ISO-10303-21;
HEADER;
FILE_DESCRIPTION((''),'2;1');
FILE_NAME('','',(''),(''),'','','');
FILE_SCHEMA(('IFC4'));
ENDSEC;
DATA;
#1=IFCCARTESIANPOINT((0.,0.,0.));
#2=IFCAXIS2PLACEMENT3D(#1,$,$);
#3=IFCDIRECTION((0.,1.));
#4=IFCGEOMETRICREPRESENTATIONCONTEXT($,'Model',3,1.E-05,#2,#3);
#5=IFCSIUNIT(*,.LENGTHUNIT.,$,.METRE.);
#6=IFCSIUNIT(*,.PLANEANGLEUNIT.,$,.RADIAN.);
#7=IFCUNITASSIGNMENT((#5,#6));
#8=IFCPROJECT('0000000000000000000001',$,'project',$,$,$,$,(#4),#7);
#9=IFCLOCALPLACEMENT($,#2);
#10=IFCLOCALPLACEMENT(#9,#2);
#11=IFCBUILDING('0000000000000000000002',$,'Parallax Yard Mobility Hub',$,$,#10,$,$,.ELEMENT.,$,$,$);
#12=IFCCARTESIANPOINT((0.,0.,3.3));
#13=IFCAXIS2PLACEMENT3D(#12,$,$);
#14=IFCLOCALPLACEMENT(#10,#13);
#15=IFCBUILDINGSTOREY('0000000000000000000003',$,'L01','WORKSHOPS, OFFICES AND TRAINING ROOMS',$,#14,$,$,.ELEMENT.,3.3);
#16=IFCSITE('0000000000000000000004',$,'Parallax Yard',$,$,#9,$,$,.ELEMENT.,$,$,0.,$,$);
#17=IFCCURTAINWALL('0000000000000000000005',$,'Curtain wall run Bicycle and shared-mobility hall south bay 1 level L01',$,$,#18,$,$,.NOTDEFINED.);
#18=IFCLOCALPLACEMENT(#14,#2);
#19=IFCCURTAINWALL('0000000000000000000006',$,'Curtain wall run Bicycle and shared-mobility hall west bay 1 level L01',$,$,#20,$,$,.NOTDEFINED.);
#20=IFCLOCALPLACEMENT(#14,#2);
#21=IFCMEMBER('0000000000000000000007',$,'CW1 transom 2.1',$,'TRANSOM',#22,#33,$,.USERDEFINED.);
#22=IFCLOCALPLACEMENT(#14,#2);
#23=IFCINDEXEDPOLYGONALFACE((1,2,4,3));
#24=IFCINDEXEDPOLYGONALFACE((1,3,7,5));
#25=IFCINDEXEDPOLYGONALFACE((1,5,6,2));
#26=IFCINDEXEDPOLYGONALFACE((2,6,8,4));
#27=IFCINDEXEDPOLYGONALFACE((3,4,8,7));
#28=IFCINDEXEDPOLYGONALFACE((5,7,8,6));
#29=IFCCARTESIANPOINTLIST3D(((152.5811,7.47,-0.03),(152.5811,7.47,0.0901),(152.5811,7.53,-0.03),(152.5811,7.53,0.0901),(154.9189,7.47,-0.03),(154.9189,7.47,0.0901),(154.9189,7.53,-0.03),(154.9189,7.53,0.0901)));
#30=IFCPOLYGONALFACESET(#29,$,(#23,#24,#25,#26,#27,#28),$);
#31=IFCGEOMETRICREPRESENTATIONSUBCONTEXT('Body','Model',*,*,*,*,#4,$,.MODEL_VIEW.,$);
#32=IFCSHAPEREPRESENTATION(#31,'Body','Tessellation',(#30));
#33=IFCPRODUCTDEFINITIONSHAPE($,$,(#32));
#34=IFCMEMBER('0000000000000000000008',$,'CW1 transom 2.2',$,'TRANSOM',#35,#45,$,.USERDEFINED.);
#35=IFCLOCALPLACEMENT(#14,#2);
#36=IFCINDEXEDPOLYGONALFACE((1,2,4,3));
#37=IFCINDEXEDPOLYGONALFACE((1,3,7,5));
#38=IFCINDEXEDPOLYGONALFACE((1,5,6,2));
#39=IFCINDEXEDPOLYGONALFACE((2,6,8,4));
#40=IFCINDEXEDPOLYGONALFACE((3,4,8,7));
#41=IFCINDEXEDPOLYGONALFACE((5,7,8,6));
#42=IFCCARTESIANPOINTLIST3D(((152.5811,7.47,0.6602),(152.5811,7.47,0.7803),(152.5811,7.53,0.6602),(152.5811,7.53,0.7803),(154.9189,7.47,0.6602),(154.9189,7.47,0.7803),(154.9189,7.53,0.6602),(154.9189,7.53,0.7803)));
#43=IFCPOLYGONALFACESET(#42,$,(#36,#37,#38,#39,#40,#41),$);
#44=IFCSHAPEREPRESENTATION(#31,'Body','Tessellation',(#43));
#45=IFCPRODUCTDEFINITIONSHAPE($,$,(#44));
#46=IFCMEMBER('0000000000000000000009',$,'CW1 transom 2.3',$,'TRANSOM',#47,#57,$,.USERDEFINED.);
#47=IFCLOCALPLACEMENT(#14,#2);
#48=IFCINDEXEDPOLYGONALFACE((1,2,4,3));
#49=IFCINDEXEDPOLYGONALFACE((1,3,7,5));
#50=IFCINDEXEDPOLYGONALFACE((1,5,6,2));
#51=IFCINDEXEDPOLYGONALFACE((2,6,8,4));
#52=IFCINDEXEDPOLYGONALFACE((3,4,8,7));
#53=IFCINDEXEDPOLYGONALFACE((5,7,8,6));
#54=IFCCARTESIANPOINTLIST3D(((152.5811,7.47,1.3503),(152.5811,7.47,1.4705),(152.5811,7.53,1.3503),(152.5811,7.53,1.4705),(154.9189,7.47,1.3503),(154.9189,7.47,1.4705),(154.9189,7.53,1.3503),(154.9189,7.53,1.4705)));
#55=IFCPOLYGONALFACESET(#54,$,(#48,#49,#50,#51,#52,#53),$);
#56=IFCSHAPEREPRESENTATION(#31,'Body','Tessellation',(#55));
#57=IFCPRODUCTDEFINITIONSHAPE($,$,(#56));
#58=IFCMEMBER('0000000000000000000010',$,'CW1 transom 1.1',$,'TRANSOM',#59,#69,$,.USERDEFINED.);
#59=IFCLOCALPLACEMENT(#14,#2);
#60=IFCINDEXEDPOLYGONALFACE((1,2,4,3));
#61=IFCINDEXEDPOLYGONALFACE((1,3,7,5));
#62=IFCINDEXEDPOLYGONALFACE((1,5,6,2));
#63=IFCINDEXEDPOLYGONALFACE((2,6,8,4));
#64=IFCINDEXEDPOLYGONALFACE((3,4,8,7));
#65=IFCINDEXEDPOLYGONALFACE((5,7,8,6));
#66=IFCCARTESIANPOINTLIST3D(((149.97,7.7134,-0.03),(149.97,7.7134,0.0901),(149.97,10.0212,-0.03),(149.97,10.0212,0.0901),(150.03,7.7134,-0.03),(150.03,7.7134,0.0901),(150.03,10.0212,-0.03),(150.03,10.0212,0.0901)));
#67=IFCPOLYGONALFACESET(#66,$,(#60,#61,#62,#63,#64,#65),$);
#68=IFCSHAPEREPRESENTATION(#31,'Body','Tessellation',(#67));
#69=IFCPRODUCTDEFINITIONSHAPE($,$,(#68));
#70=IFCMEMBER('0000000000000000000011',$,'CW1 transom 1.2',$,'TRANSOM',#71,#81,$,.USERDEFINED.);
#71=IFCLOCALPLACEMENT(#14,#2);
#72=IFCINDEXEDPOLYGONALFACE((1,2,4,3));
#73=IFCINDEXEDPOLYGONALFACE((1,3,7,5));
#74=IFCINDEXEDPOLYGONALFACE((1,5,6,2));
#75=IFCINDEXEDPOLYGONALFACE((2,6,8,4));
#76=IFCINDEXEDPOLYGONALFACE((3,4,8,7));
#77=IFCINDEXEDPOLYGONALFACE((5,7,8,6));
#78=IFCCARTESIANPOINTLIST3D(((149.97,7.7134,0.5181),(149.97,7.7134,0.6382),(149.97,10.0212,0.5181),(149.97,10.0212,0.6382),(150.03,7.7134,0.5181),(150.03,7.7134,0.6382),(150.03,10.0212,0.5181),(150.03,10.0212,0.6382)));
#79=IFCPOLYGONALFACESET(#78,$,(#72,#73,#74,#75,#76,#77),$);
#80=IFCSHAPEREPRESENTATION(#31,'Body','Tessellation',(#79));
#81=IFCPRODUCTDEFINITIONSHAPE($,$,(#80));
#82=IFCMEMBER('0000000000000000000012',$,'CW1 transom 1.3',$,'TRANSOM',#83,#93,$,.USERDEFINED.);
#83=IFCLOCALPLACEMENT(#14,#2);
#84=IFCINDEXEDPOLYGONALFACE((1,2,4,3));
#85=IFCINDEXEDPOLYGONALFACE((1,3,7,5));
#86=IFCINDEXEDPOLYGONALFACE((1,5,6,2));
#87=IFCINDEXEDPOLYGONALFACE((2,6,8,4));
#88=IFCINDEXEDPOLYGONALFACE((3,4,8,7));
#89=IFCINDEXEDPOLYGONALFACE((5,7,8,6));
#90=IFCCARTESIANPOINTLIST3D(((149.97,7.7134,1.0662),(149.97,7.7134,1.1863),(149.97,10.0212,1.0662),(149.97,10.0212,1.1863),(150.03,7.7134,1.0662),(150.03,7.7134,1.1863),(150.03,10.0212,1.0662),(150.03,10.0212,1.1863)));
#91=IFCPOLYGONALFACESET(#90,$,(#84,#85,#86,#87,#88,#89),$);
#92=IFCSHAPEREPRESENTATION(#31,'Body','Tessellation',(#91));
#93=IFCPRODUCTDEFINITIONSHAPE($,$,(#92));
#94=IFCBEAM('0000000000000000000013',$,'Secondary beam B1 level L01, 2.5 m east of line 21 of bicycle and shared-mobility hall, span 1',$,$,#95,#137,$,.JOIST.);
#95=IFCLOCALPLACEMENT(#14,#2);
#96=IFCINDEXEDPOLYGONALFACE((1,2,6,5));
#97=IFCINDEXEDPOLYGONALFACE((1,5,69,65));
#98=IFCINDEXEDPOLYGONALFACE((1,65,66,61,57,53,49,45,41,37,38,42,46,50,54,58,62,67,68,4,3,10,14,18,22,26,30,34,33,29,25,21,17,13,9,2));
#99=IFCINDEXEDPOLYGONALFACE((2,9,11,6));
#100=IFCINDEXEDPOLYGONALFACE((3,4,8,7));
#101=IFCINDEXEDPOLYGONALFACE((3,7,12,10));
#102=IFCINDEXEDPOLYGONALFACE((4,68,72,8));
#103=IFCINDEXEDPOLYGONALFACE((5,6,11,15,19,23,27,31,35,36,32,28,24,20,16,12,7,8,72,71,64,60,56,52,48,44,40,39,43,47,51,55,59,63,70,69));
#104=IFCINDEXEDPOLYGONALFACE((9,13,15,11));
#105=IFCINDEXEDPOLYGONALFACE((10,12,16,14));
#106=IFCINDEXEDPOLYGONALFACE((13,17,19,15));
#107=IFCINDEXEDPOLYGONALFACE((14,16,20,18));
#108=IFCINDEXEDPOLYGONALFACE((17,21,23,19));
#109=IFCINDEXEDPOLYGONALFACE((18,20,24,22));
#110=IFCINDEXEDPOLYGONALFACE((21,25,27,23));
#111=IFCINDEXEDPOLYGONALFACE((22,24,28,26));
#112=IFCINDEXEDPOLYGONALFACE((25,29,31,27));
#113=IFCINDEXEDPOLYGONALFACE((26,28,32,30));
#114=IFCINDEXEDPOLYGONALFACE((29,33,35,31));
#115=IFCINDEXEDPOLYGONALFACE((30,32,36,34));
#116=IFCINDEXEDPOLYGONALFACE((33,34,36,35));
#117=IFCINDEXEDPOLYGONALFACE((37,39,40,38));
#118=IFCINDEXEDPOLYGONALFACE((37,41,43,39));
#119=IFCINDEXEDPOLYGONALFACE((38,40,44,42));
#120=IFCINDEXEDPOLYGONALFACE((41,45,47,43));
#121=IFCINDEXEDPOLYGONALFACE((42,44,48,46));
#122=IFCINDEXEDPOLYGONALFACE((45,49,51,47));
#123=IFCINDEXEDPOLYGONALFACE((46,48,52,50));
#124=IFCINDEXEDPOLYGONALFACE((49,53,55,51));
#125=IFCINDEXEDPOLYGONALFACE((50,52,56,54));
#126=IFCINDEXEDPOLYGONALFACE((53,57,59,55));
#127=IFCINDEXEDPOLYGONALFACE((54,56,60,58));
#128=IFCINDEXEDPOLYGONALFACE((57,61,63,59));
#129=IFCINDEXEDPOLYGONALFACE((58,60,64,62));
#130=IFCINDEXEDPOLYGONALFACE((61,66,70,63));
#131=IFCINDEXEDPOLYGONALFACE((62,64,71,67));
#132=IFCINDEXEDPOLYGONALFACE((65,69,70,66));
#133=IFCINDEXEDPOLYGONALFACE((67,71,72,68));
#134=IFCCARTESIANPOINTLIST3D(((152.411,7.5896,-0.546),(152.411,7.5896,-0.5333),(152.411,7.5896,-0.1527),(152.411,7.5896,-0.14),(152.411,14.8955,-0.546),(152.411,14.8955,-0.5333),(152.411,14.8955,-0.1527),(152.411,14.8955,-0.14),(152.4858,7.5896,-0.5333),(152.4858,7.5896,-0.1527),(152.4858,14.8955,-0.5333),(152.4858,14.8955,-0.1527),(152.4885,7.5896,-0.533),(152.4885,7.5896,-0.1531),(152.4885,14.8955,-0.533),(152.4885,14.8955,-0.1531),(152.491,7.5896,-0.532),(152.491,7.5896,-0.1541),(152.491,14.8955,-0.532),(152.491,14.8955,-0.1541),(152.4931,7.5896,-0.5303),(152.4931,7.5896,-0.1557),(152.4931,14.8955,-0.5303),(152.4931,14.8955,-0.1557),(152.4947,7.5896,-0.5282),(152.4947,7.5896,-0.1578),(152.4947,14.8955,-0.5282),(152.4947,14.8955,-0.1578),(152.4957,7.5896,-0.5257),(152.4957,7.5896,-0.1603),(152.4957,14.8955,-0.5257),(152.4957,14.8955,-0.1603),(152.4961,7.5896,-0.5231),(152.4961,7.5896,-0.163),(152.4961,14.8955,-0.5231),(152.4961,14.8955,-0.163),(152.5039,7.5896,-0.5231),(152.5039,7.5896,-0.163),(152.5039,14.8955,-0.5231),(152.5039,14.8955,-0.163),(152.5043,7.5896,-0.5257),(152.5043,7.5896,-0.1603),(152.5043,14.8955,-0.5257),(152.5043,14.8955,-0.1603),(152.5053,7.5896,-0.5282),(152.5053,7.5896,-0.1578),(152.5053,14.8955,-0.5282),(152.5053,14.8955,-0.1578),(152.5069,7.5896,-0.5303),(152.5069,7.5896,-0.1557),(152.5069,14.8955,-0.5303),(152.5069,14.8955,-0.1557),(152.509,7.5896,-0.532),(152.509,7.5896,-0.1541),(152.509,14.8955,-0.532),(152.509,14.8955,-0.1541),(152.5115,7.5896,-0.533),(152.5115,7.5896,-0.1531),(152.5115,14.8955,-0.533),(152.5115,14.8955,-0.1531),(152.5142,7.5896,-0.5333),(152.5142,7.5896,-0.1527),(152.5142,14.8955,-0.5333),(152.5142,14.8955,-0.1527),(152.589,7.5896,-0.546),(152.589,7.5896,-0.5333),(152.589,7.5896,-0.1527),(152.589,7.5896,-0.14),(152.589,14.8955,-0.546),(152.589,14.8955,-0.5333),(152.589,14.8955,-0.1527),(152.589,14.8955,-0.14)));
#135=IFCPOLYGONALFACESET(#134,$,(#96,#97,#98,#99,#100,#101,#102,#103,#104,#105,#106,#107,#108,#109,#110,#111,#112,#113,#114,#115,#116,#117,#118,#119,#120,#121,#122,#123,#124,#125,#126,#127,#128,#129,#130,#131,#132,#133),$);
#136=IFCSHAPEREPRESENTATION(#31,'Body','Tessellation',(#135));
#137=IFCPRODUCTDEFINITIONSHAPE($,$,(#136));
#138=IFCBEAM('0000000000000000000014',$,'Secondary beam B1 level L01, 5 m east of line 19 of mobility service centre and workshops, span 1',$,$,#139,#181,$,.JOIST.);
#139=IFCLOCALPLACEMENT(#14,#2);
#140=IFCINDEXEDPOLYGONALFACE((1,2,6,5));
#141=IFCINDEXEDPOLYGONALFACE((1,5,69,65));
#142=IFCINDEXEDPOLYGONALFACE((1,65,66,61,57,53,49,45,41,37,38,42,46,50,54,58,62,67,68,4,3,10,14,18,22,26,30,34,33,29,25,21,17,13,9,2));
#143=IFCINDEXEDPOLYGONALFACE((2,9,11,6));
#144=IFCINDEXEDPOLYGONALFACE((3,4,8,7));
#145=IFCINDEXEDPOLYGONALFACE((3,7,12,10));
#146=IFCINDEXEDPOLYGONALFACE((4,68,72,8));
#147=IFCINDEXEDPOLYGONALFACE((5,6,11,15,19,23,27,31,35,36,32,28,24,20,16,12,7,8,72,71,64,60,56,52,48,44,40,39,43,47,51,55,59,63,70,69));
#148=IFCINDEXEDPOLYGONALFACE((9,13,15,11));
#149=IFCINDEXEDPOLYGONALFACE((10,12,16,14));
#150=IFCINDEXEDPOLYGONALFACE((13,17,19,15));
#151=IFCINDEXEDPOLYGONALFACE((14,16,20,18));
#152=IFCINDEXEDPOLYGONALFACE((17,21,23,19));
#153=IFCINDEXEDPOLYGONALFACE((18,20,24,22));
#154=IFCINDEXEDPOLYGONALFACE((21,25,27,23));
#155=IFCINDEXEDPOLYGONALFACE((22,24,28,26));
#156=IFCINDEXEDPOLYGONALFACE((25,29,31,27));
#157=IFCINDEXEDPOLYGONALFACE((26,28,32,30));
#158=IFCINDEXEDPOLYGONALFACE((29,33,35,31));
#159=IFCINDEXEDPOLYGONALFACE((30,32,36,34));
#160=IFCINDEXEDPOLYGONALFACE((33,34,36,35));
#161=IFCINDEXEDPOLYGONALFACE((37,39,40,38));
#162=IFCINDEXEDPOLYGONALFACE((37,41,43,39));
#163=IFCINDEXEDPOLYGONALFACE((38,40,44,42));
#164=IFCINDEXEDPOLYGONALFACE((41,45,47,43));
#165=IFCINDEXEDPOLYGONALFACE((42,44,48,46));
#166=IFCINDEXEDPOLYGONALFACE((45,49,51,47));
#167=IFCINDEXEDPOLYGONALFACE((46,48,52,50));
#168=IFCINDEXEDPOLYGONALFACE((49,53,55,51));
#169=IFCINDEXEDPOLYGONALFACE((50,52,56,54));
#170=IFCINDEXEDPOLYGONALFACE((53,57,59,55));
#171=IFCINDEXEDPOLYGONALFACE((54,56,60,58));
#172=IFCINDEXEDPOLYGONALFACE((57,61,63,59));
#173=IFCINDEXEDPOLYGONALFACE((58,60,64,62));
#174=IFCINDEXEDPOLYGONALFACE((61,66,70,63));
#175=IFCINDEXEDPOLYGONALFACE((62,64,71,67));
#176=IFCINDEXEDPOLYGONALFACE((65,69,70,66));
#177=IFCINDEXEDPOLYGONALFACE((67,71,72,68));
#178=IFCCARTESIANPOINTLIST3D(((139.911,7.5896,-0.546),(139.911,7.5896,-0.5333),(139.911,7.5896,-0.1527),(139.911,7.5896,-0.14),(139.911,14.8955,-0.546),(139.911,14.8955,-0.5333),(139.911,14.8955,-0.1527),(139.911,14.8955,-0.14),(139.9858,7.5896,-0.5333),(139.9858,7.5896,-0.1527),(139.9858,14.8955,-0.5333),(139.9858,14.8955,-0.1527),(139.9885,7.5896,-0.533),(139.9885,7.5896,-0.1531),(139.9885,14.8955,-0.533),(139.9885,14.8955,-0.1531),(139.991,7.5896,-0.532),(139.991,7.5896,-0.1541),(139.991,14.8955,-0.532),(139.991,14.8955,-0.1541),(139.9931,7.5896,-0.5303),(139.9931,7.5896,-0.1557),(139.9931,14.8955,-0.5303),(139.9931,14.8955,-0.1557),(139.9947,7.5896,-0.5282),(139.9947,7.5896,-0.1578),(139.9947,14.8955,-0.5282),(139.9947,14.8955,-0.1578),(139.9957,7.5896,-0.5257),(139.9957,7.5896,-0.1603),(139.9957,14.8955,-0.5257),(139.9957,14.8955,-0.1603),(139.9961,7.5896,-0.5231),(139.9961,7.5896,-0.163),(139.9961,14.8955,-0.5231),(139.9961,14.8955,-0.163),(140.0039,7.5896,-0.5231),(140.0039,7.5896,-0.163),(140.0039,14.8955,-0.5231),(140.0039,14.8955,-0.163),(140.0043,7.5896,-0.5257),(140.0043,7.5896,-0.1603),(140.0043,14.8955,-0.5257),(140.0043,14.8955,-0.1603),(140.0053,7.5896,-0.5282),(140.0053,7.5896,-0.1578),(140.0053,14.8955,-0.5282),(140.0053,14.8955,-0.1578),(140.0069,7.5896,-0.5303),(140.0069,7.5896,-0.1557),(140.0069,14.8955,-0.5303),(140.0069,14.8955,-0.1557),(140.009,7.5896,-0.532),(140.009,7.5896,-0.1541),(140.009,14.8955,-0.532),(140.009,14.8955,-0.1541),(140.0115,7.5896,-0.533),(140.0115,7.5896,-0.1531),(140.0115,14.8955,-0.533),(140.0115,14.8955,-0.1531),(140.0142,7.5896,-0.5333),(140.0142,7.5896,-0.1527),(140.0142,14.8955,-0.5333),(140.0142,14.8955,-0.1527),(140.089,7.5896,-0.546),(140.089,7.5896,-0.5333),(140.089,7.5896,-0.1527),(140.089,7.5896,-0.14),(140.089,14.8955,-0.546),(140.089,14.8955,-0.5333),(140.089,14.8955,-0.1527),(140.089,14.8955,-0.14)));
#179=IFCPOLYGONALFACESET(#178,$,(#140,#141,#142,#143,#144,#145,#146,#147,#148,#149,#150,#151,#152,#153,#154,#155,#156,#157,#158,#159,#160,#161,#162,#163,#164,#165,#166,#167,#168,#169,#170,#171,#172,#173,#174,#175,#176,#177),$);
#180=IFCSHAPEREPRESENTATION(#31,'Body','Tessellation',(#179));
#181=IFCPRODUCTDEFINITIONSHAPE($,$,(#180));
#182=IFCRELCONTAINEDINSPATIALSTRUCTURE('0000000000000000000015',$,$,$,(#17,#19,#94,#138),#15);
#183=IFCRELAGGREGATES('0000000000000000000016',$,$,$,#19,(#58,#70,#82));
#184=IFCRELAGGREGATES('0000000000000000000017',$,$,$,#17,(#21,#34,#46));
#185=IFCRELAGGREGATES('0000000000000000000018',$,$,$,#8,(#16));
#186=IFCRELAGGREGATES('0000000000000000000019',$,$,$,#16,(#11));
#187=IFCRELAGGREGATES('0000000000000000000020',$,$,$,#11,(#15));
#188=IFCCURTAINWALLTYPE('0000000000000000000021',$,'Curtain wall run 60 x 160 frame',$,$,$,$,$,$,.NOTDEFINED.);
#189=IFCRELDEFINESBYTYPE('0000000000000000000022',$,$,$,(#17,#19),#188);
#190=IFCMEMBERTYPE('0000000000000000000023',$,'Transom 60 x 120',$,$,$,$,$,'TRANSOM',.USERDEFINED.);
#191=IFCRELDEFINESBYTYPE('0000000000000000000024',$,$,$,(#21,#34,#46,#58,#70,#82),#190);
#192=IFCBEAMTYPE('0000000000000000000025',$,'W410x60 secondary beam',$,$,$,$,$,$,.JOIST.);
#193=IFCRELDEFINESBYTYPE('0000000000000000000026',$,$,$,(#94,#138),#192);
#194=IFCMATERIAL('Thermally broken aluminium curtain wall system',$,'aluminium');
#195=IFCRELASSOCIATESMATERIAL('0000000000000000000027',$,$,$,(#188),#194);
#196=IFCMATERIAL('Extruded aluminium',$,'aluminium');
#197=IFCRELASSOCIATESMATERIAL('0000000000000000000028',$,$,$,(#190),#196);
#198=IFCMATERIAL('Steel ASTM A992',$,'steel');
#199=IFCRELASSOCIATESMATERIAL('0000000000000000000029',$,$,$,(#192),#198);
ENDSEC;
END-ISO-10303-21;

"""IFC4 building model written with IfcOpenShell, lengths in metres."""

from ifc_helpers import new_model, si_unit, direction, frame, origin, origin_2d, place, context, subcontext, project, spatial, rectangle, i_section, extrude, material, material_profile, profile_set, type_object, element, aggregate, save


model = new_model("IFC4")

# Units and contexts
model_context = context("Model", 3, precision=1e-05, world=origin(), true_north=direction((0.0, 1.0)))
body_context = subcontext(model_context, "Body", "Model", "MODEL_VIEW")
ifc_project = project(units=[si_unit("LENGTHUNIT", "METRE"), si_unit("PLANEANGLEUNIT", "RADIAN")], contexts=[model_context])

# Site, building, storey
site_placement = place(None, origin())
site = spatial("IfcSite", under=ifc_project, at=site_placement, Name="Parallax Yard", CompositionType="ELEMENT", RefElevation=0.0)
building_placement = place(site_placement, origin())
building = spatial("IfcBuilding", under=site, at=building_placement, Name="Parallax Yard Mobility Hub", CompositionType="ELEMENT")
storey_placement = place(building_placement, frame((0.0, 0.0, 3.3)))
storey = spatial("IfcBuildingStorey", under=building, at=storey_placement, Name="L01", Description="WORKSHOPS, OFFICES AND TRAINING ROOMS", CompositionType="ELEMENT", Elevation=3.3)

# Shared definitions
ifc_material_1 = material(Name="Steel ASTM A992", Category="steel")

# Curtain wall
ifc_material_2 = material(Name="Thermally broken aluminium curtain wall system", Category="aluminium")
curtain_wall_type = type_object("IfcCurtainWallType", Name="Curtain wall run 60 x 160 frame", PredefinedType="NOTDEFINED", material=ifc_material_2)
curtain_wall_1_placement = place(storey_placement, origin())
curtain_wall_1 = element("IfcCurtainWall", 1, at=curtain_wall_1_placement, inside=storey, type_object=curtain_wall_type, Name="Curtain wall run Bicycle and shared-mobility hall south bay 1 level L01", PredefinedType="NOTDEFINED")
ifc_material_3 = material(Name="Extruded aluminium", Category="aluminium")

# Curtain wall
curtain_wall_2_placement = place(storey_placement, origin())
curtain_wall_2 = element("IfcCurtainWall", 2, at=curtain_wall_2_placement, inside=storey, type_object=curtain_wall_type, Name="Curtain wall run Bicycle and shared-mobility hall west bay 1 level L01", PredefinedType="NOTDEFINED")

# Members
ifc_material_profile_1 = material_profile(ifc_material_3, rectangle(XDim=0.0601, YDim=0.1201, at=origin_2d()), Name="Transom 60 x 120")
ifc_profile_set_1 = profile_set([ifc_material_profile_1], Name="Extruded aluminium")
member_type_1 = type_object("IfcMemberType", Name="Transom 60 x 120", ElementType="TRANSOM", PredefinedType="USERDEFINED", material=ifc_profile_set_1)
member_1_placement = place(storey_placement, frame((152.5811, 7.5, 0.03), z_axis=(1.0, 0.0, 0.0), x_axis=(0.0, 1.0, 0.0)))
member_1 = element("IfcMember", 3, at=member_1_placement, type_object=member_type_1, Name="CW1 transom 2.1", ObjectType="TRANSOM", PredefinedType="USERDEFINED", context=body_context, shape_type="SweptSolid", body=[
    extrude(rectangle(XDim=0.0601, YDim=0.1201, at=origin_2d()), origin(), (0.0, 0.0, 1.0), 2.3379),
])
member_2_placement = place(storey_placement, frame((152.5811, 7.5, 0.7202), z_axis=(1.0, 0.0, 0.0), x_axis=(0.0, 1.0, 0.0)))
member_2 = element("IfcMember", 4, at=member_2_placement, type_object=member_type_1, Name="CW1 transom 2.2", ObjectType="TRANSOM", PredefinedType="USERDEFINED", context=body_context, shape_type="SweptSolid", body=[
    extrude(rectangle(XDim=0.0601, YDim=0.1201, at=origin_2d()), origin(), (0.0, 0.0, 1.0), 2.3379),
])
member_3_placement = place(storey_placement, frame((152.5811, 7.5, 1.4104), z_axis=(1.0, 0.0, 0.0), x_axis=(0.0, 1.0, 0.0)))
member_3 = element("IfcMember", 5, at=member_3_placement, type_object=member_type_1, Name="CW1 transom 2.3", ObjectType="TRANSOM", PredefinedType="USERDEFINED", context=body_context, shape_type="SweptSolid", body=[
    extrude(rectangle(XDim=0.0601, YDim=0.1201, at=origin_2d()), origin(), (0.0, 0.0, 1.0), 2.3379),
])
member_4_placement = place(storey_placement, frame((150.0, 7.7134, 0.03), z_axis=(0.0, 1.0, 0.0), x_axis=(-1.0, 0.0, 0.0)))
member_4 = element("IfcMember", 6, at=member_4_placement, type_object=member_type_1, Name="CW1 transom 1.1", ObjectType="TRANSOM", PredefinedType="USERDEFINED", context=body_context, shape_type="SweptSolid", body=[
    extrude(rectangle(XDim=0.0601, YDim=0.1201, at=origin_2d()), origin(), (0.0, 0.0, 1.0), 2.3079),
])
member_5_placement = place(storey_placement, frame((150.0, 7.7134, 0.5781), z_axis=(0.0, 1.0, 0.0), x_axis=(-1.0, 0.0, 0.0)))
member_5 = element("IfcMember", 7, at=member_5_placement, type_object=member_type_1, Name="CW1 transom 1.2", ObjectType="TRANSOM", PredefinedType="USERDEFINED", context=body_context, shape_type="SweptSolid", body=[
    extrude(rectangle(XDim=0.0601, YDim=0.1201, at=origin_2d()), origin(), (0.0, 0.0, 1.0), 2.3079),
])
member_6_placement = place(storey_placement, frame((150.0, 7.7134, 1.1262), z_axis=(0.0, 1.0, 0.0), x_axis=(-1.0, 0.0, 0.0)))
member_6 = element("IfcMember", 8, at=member_6_placement, type_object=member_type_1, Name="CW1 transom 1.3", ObjectType="TRANSOM", PredefinedType="USERDEFINED", context=body_context, shape_type="SweptSolid", body=[
    extrude(rectangle(XDim=0.0601, YDim=0.1201, at=origin_2d()), origin(), (0.0, 0.0, 1.0), 2.3079),
])
aggregate(curtain_wall_2, [member_4, member_5, member_6])

# Beams
ifc_material_profile_2 = material_profile(ifc_material_1, i_section(OverallWidth=0.178, OverallDepth=0.406, WebThickness=0.0078, FlangeThickness=0.0127, FilletRadius=0.0103, at=origin_2d()), Name="W410x60")
ifc_profile_set_2 = profile_set([ifc_material_profile_2], Name="Steel ASTM A992")
beam_type_1 = type_object("IfcBeamType", Name="W410x60 secondary beam", PredefinedType="JOIST", material=ifc_profile_set_2)
for number, where, z_axis, x_axis, name in (
    (9, (152.5, 7.5896, -0.343), (0.0, 1.0, 0.0), (-1.0, 0.0, 0.0), "Secondary beam B1 level L01, 2.5 m east of line 21 of bicycle and shared-mobility hall, span 1"),
    (10, (140.0, 7.5896, -0.343), (0.0, 1.0, 0.0), (-1.0, 0.0, 0.0), "Secondary beam B1 level L01, 5 m east of line 19 of mobility service centre and workshops, span 1"),
):
    element("IfcBeam", number, at=place(storey_placement, frame(where, z_axis=z_axis, x_axis=x_axis)), inside=storey, type_object=beam_type_1, Name=name, PredefinedType="JOIST", context=body_context, shape_type="SweptSolid", body=[
        extrude(i_section(OverallWidth=0.178, OverallDepth=0.406, WebThickness=0.0078, FlangeThickness=0.0127, FilletRadius=0.0103, at=origin_2d()), origin(), (0.0, 0.0, 1.0), 7.3059),
    ])

aggregate(curtain_wall_1, [member_1, member_2, member_3])

save(model, "model.ifc")
